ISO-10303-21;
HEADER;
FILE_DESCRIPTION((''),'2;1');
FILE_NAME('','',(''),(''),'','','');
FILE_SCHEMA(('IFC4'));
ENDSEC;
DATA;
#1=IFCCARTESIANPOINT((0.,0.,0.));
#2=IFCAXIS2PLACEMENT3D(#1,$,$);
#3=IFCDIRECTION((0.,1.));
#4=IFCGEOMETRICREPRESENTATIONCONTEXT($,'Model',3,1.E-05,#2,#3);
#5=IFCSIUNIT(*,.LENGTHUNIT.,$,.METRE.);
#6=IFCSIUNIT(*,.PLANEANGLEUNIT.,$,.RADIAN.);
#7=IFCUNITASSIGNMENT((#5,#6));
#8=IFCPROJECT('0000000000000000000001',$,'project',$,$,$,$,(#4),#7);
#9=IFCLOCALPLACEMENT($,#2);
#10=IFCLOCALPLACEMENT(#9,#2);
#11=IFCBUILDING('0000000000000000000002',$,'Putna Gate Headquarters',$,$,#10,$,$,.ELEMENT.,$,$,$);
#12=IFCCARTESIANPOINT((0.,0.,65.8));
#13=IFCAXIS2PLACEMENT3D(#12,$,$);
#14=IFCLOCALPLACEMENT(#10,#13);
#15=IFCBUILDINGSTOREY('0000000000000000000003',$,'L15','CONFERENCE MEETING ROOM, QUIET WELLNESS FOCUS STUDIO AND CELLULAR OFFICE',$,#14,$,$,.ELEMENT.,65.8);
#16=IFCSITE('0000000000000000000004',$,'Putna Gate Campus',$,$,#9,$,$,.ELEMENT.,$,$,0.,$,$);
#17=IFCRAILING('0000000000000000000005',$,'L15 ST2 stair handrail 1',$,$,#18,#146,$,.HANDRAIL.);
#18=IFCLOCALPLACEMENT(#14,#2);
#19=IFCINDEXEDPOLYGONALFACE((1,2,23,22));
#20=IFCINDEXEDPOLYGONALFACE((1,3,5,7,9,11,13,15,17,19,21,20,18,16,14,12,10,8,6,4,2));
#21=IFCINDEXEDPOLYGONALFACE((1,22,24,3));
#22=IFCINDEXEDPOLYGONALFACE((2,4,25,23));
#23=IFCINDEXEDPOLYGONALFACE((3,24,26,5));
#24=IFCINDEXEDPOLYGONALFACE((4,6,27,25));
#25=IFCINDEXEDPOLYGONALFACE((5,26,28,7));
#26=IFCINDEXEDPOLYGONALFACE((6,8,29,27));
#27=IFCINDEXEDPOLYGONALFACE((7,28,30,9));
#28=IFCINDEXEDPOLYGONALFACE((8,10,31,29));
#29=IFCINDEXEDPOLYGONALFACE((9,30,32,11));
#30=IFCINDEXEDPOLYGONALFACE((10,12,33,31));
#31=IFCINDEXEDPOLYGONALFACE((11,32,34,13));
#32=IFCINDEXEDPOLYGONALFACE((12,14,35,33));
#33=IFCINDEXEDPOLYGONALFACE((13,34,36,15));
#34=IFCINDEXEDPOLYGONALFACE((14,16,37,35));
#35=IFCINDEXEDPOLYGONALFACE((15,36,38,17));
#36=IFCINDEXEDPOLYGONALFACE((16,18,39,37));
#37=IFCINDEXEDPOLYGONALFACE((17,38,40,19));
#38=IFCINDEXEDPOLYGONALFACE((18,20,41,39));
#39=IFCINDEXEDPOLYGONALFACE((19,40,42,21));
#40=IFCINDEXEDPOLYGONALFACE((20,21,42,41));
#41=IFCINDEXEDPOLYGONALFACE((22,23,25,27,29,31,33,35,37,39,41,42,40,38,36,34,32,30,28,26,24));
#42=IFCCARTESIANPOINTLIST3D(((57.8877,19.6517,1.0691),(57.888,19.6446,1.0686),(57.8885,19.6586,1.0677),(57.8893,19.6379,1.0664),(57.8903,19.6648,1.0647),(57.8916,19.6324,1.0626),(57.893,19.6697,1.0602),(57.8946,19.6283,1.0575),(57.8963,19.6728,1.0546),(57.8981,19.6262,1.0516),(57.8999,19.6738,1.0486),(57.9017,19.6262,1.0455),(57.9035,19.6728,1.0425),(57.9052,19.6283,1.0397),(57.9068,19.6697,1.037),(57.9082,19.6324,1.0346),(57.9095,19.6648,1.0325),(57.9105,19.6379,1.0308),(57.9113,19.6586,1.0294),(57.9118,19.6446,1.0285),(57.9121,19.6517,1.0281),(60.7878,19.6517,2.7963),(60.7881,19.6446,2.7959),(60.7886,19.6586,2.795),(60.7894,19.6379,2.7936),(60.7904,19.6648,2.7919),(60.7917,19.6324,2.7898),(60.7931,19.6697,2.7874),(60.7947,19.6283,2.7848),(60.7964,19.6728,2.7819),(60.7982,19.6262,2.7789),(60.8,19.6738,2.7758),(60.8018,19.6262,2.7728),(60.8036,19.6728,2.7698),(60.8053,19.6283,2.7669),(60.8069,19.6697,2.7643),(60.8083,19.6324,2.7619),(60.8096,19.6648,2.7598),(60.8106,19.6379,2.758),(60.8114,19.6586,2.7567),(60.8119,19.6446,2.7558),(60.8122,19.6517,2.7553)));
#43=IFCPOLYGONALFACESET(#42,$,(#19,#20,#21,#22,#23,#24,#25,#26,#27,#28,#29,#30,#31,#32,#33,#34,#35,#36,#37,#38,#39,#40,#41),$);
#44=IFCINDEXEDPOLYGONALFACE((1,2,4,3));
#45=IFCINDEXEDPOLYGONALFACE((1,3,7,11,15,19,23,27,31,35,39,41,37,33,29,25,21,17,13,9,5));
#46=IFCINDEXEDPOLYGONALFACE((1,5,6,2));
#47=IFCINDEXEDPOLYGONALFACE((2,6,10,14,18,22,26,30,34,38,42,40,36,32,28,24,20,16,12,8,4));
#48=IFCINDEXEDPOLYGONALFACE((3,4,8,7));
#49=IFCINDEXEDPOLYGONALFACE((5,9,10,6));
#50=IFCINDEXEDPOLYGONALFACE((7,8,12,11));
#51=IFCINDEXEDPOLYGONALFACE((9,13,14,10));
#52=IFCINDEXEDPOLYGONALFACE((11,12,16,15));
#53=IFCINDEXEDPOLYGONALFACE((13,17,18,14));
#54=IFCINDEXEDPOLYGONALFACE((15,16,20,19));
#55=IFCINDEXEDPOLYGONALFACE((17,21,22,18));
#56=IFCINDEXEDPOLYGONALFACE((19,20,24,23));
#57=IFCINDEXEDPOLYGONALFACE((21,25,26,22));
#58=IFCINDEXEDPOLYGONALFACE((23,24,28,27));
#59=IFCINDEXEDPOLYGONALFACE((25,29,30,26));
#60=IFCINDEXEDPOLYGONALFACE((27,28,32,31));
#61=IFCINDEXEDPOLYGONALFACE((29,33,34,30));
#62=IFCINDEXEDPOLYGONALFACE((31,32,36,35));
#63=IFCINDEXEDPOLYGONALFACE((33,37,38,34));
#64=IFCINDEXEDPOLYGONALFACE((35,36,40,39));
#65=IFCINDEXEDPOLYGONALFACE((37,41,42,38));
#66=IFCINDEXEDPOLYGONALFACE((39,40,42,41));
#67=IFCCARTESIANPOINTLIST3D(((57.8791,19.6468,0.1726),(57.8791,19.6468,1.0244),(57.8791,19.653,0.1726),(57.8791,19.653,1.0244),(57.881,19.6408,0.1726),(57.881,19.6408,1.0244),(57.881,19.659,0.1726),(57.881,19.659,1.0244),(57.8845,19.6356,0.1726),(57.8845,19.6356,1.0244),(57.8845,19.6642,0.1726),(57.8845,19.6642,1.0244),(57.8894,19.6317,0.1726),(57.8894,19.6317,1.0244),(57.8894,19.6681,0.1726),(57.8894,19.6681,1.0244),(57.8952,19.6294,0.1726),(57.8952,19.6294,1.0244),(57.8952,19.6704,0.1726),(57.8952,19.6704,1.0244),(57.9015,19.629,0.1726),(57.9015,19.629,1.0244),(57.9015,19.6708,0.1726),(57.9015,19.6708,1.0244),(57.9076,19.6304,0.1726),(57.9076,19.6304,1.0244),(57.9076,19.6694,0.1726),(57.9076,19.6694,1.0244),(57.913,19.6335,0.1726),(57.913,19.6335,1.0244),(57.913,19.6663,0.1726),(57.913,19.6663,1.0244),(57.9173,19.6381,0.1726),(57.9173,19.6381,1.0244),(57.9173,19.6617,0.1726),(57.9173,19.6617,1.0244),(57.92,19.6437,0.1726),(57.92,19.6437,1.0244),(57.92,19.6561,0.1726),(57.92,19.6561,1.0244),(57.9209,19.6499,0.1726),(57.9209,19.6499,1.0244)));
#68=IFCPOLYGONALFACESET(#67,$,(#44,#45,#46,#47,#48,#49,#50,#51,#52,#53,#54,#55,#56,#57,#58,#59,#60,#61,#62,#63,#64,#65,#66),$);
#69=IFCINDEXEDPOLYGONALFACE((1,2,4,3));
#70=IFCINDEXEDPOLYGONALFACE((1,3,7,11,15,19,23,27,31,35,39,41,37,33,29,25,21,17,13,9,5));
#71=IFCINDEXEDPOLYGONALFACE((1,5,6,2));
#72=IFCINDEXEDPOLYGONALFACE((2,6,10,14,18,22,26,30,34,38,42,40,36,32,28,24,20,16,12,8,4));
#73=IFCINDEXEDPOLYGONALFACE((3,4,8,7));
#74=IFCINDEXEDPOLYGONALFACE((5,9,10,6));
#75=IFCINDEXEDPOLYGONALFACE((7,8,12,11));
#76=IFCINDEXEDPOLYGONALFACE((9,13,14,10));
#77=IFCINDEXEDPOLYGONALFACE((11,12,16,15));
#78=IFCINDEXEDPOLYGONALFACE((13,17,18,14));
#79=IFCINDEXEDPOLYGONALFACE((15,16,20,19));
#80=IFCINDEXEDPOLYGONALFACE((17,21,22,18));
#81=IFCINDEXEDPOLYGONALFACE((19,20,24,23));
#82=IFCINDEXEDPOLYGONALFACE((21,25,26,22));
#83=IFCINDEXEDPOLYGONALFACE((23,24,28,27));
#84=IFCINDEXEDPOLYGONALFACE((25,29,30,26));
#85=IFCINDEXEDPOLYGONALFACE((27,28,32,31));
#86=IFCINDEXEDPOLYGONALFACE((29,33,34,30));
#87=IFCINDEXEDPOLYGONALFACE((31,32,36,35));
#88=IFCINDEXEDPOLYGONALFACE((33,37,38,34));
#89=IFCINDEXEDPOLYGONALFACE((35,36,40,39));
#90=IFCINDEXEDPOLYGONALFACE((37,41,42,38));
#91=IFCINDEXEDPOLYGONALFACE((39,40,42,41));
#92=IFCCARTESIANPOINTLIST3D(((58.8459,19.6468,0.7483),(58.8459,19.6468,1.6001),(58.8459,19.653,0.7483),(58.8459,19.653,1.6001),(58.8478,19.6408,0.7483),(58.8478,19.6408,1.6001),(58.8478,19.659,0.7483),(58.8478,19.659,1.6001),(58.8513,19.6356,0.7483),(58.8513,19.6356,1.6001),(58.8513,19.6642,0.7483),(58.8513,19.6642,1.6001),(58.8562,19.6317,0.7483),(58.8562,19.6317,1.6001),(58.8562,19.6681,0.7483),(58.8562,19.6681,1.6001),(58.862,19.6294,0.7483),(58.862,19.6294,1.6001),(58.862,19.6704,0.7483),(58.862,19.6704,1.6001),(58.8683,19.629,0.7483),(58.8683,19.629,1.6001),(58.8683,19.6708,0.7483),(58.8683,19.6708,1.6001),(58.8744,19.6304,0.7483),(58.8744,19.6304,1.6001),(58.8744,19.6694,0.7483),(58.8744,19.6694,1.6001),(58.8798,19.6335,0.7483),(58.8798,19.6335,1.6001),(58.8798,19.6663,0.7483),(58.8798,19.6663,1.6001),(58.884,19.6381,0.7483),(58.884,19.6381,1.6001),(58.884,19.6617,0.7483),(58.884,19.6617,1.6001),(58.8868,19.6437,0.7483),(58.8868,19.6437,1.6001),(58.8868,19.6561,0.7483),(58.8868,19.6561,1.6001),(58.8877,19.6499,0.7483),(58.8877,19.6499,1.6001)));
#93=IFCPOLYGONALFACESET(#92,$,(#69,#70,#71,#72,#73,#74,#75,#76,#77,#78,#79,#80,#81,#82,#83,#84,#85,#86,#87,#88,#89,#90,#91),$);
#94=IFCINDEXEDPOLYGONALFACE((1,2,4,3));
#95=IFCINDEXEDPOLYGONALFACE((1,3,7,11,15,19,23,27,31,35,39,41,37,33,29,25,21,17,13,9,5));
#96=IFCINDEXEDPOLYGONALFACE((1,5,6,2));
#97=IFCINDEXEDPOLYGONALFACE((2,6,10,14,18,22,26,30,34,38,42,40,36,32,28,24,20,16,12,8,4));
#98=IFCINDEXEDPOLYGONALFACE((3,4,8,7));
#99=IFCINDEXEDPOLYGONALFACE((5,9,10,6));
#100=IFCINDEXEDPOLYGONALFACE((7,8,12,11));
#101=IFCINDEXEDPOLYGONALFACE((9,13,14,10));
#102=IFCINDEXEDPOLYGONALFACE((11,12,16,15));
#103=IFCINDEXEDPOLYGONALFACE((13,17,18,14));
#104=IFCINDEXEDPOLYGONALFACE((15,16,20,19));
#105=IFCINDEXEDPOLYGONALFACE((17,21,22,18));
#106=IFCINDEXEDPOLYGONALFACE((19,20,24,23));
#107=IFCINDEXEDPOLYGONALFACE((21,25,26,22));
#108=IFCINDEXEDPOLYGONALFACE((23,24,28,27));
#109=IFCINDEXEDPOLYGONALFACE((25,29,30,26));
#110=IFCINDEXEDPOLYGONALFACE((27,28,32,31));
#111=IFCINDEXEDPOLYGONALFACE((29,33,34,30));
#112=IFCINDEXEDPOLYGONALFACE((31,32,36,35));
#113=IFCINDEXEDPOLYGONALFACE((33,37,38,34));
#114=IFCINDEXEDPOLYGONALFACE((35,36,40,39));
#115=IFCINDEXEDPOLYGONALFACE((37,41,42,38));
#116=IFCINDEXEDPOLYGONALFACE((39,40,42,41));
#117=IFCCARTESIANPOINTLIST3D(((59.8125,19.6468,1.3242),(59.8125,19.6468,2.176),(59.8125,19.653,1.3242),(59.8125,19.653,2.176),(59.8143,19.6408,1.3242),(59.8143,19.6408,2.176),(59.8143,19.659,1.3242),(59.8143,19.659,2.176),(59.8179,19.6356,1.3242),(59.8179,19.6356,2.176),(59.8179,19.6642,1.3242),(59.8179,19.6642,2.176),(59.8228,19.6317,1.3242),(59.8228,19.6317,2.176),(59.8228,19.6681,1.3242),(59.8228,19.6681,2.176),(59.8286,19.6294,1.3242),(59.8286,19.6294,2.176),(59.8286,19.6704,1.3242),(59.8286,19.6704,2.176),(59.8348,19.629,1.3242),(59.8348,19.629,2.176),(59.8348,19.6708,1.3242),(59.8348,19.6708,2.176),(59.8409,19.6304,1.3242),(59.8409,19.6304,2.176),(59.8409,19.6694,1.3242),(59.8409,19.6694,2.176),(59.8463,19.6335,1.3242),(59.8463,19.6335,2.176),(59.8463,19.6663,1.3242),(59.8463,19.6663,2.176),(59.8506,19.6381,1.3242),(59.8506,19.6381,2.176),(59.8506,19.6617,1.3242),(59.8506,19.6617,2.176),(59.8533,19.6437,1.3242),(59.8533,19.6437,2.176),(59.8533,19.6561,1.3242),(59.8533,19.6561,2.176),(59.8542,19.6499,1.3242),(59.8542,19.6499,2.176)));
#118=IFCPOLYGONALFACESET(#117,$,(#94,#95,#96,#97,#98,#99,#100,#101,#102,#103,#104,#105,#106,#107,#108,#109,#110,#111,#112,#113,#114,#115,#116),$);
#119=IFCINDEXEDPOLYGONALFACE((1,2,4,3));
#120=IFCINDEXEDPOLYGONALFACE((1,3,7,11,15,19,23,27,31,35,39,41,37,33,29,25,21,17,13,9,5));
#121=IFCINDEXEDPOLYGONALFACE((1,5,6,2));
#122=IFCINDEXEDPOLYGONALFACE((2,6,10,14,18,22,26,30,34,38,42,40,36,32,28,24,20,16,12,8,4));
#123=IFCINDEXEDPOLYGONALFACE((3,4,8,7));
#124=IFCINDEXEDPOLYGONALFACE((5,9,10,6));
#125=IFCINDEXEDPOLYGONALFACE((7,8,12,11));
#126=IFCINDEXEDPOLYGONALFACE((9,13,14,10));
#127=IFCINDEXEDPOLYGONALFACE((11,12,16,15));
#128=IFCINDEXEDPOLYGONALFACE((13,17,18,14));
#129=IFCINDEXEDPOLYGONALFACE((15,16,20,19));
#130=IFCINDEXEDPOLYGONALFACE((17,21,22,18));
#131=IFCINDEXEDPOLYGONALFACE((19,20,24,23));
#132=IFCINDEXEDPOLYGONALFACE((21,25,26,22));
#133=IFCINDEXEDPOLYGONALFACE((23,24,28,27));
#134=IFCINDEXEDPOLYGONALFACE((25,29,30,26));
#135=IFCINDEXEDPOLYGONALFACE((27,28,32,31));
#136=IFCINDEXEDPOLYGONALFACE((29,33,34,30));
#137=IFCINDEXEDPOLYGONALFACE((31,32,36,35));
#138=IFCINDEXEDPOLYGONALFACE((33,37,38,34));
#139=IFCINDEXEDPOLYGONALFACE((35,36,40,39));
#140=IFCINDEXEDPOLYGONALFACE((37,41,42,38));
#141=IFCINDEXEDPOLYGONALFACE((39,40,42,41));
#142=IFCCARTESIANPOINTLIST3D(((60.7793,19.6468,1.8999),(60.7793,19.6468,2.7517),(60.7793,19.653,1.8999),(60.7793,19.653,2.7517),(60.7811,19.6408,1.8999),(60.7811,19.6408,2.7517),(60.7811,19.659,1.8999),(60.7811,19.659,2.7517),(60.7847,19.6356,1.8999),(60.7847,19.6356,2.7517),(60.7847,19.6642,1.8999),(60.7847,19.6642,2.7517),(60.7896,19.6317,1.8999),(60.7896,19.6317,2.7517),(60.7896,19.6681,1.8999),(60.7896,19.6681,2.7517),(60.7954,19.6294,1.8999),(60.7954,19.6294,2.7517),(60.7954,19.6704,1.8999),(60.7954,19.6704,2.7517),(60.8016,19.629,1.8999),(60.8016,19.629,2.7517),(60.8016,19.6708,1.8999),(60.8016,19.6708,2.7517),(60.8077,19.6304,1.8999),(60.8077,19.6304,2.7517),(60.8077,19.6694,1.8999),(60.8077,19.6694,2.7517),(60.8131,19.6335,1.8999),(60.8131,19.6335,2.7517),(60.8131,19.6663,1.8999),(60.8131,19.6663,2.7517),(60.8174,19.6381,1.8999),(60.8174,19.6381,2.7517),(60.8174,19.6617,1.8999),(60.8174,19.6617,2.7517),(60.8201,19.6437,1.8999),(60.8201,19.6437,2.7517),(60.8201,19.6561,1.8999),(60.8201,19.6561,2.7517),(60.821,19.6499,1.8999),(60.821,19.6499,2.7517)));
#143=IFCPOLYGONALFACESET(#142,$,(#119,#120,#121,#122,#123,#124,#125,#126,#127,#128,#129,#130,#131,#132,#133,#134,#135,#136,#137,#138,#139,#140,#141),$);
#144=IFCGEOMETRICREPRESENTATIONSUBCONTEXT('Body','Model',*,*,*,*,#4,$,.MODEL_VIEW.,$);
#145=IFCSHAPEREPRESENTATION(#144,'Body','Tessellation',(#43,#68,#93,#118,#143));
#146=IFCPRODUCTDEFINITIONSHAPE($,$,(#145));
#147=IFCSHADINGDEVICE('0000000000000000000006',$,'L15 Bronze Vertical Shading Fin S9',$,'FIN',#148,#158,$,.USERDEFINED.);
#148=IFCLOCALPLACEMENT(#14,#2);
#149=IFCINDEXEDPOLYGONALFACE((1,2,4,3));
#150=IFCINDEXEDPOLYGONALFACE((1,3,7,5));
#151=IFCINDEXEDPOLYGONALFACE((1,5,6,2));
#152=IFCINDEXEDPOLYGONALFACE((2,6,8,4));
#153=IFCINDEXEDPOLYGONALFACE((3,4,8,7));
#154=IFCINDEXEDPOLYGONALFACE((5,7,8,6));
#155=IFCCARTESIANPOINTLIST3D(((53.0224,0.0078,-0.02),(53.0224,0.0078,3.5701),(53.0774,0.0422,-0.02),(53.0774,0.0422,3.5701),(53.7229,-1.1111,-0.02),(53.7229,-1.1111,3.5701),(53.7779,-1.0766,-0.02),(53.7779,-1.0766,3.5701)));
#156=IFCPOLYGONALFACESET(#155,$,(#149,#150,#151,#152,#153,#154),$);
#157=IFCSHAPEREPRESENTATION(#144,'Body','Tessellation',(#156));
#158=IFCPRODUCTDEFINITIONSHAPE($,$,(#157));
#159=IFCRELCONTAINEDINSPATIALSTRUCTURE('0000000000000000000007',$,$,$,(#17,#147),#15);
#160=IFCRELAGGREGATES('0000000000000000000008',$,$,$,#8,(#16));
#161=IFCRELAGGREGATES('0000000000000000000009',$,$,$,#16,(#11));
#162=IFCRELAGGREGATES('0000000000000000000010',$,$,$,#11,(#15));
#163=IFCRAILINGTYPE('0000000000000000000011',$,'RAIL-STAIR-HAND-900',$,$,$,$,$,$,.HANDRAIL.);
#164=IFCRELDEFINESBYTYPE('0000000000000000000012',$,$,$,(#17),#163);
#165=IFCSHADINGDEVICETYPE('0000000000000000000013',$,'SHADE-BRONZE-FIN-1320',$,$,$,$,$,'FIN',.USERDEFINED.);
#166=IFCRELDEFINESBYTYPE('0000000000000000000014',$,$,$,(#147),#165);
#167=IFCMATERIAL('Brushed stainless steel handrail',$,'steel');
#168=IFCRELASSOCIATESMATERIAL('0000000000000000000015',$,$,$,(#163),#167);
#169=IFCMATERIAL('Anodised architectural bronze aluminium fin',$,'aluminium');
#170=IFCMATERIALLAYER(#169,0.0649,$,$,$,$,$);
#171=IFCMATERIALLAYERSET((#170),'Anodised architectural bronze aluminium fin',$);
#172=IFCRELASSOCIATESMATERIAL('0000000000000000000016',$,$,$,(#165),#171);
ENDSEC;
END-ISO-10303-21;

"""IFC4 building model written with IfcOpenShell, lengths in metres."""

from ifc_helpers import new_model, si_unit, direction, frame, origin, origin_2d, place, context, subcontext, project, spatial, rectangle, circle, extrude, material, layer, layer_set, type_object, element, save


model = new_model("IFC4")

# Units and contexts
model_context = context("Model", 3, precision=1e-05, world=origin(), true_north=direction((0.0, 1.0)))
body_context = subcontext(model_context, "Body", "Model", "MODEL_VIEW")
ifc_project = project(units=[si_unit("LENGTHUNIT", "METRE"), si_unit("PLANEANGLEUNIT", "RADIAN")], contexts=[model_context])

# Site, building, storey
site_placement = place(None, origin())
site = spatial("IfcSite", under=ifc_project, at=site_placement, Name="Putna Gate Campus", CompositionType="ELEMENT", RefElevation=0.0)
building_placement = place(site_placement, origin())
building = spatial("IfcBuilding", under=site, at=building_placement, Name="Putna Gate Headquarters", CompositionType="ELEMENT")
storey_placement = place(building_placement, frame((0.0, 0.0, 65.8)))
storey = spatial("IfcBuildingStorey", under=building, at=storey_placement, Name="L15", Description="CONFERENCE MEETING ROOM, QUIET WELLNESS FOCUS STUDIO AND CELLULAR OFFICE", CompositionType="ELEMENT", Elevation=65.8)

# Railing
ifc_material_1 = material(Name="Brushed stainless steel handrail", Category="steel")
railing_type_1 = type_object("IfcRailingType", Name="RAIL-STAIR-HAND-900", PredefinedType="HANDRAIL", material=ifc_material_1)
railing_1_placement = place(storey_placement, frame((57.8999, 19.6499, 0.1726)))
element("IfcRailing", 1, at=railing_1_placement, inside=storey, type_object=railing_type_1, Name="L15 ST2 stair handrail 1", PredefinedType="HANDRAIL", context=body_context, shape_type="SweptSolid", body=[
    extrude(circle(Radius=0.0239, at=origin_2d()), frame((0.0, 0.0, 0.876), z_axis=(0.85916, 0.0, 0.511706), x_axis=(0.0, 1.0, 0.0)), (0.0, 0.0, 1.0), 3.3755),
    extrude(circle(Radius=0.021, at=origin_2d()), origin(), (0.0, 0.0, 1.0), 0.8518),
    extrude(circle(Radius=0.021, at=origin_2d()), frame((0.9668, 0.0, 0.5757)), (0.0, 0.0, 1.0), 0.8518),
    extrude(circle(Radius=0.021, at=origin_2d()), frame((1.9333, 0.0, 1.1516)), (0.0, 0.0, 1.0), 0.8518),
    extrude(circle(Radius=0.021, at=origin_2d()), frame((2.9001, 0.0, 1.7273)), (0.0, 0.0, 1.0), 0.8518),
])

# Shading device
ifc_material_2 = material(Name="Anodised architectural bronze aluminium fin", Category="aluminium")
ifc_layer_1 = layer(ifc_material_2, 0.0649)
ifc_layer_set_1 = layer_set([ifc_layer_1], Name="Anodised architectural bronze aluminium fin")
shading_device_type = type_object("IfcShadingDeviceType", Name="SHADE-BRONZE-FIN-1320", ElementType="FIN", PredefinedType="USERDEFINED", material=ifc_layer_set_1)
shading_device_placement = place(storey_placement, frame((53.4001, -0.5344, -0.02), z_axis=(0.0, 0.0, 1.0), x_axis=(0.530659, -0.847585, 0.0)))
element("IfcShadingDevice", 2, at=shading_device_placement, inside=storey, type_object=shading_device_type, Name="L15 Bronze Vertical Shading Fin S9", ObjectType="FIN", PredefinedType="USERDEFINED", context=body_context, shape_type="SweptSolid", body=[
    extrude(rectangle(XDim=1.3201, YDim=0.0649, at=origin_2d()), origin(), (0.0, 0.0, 1.0), 3.5901),
])

save(model, "model.ifc")
